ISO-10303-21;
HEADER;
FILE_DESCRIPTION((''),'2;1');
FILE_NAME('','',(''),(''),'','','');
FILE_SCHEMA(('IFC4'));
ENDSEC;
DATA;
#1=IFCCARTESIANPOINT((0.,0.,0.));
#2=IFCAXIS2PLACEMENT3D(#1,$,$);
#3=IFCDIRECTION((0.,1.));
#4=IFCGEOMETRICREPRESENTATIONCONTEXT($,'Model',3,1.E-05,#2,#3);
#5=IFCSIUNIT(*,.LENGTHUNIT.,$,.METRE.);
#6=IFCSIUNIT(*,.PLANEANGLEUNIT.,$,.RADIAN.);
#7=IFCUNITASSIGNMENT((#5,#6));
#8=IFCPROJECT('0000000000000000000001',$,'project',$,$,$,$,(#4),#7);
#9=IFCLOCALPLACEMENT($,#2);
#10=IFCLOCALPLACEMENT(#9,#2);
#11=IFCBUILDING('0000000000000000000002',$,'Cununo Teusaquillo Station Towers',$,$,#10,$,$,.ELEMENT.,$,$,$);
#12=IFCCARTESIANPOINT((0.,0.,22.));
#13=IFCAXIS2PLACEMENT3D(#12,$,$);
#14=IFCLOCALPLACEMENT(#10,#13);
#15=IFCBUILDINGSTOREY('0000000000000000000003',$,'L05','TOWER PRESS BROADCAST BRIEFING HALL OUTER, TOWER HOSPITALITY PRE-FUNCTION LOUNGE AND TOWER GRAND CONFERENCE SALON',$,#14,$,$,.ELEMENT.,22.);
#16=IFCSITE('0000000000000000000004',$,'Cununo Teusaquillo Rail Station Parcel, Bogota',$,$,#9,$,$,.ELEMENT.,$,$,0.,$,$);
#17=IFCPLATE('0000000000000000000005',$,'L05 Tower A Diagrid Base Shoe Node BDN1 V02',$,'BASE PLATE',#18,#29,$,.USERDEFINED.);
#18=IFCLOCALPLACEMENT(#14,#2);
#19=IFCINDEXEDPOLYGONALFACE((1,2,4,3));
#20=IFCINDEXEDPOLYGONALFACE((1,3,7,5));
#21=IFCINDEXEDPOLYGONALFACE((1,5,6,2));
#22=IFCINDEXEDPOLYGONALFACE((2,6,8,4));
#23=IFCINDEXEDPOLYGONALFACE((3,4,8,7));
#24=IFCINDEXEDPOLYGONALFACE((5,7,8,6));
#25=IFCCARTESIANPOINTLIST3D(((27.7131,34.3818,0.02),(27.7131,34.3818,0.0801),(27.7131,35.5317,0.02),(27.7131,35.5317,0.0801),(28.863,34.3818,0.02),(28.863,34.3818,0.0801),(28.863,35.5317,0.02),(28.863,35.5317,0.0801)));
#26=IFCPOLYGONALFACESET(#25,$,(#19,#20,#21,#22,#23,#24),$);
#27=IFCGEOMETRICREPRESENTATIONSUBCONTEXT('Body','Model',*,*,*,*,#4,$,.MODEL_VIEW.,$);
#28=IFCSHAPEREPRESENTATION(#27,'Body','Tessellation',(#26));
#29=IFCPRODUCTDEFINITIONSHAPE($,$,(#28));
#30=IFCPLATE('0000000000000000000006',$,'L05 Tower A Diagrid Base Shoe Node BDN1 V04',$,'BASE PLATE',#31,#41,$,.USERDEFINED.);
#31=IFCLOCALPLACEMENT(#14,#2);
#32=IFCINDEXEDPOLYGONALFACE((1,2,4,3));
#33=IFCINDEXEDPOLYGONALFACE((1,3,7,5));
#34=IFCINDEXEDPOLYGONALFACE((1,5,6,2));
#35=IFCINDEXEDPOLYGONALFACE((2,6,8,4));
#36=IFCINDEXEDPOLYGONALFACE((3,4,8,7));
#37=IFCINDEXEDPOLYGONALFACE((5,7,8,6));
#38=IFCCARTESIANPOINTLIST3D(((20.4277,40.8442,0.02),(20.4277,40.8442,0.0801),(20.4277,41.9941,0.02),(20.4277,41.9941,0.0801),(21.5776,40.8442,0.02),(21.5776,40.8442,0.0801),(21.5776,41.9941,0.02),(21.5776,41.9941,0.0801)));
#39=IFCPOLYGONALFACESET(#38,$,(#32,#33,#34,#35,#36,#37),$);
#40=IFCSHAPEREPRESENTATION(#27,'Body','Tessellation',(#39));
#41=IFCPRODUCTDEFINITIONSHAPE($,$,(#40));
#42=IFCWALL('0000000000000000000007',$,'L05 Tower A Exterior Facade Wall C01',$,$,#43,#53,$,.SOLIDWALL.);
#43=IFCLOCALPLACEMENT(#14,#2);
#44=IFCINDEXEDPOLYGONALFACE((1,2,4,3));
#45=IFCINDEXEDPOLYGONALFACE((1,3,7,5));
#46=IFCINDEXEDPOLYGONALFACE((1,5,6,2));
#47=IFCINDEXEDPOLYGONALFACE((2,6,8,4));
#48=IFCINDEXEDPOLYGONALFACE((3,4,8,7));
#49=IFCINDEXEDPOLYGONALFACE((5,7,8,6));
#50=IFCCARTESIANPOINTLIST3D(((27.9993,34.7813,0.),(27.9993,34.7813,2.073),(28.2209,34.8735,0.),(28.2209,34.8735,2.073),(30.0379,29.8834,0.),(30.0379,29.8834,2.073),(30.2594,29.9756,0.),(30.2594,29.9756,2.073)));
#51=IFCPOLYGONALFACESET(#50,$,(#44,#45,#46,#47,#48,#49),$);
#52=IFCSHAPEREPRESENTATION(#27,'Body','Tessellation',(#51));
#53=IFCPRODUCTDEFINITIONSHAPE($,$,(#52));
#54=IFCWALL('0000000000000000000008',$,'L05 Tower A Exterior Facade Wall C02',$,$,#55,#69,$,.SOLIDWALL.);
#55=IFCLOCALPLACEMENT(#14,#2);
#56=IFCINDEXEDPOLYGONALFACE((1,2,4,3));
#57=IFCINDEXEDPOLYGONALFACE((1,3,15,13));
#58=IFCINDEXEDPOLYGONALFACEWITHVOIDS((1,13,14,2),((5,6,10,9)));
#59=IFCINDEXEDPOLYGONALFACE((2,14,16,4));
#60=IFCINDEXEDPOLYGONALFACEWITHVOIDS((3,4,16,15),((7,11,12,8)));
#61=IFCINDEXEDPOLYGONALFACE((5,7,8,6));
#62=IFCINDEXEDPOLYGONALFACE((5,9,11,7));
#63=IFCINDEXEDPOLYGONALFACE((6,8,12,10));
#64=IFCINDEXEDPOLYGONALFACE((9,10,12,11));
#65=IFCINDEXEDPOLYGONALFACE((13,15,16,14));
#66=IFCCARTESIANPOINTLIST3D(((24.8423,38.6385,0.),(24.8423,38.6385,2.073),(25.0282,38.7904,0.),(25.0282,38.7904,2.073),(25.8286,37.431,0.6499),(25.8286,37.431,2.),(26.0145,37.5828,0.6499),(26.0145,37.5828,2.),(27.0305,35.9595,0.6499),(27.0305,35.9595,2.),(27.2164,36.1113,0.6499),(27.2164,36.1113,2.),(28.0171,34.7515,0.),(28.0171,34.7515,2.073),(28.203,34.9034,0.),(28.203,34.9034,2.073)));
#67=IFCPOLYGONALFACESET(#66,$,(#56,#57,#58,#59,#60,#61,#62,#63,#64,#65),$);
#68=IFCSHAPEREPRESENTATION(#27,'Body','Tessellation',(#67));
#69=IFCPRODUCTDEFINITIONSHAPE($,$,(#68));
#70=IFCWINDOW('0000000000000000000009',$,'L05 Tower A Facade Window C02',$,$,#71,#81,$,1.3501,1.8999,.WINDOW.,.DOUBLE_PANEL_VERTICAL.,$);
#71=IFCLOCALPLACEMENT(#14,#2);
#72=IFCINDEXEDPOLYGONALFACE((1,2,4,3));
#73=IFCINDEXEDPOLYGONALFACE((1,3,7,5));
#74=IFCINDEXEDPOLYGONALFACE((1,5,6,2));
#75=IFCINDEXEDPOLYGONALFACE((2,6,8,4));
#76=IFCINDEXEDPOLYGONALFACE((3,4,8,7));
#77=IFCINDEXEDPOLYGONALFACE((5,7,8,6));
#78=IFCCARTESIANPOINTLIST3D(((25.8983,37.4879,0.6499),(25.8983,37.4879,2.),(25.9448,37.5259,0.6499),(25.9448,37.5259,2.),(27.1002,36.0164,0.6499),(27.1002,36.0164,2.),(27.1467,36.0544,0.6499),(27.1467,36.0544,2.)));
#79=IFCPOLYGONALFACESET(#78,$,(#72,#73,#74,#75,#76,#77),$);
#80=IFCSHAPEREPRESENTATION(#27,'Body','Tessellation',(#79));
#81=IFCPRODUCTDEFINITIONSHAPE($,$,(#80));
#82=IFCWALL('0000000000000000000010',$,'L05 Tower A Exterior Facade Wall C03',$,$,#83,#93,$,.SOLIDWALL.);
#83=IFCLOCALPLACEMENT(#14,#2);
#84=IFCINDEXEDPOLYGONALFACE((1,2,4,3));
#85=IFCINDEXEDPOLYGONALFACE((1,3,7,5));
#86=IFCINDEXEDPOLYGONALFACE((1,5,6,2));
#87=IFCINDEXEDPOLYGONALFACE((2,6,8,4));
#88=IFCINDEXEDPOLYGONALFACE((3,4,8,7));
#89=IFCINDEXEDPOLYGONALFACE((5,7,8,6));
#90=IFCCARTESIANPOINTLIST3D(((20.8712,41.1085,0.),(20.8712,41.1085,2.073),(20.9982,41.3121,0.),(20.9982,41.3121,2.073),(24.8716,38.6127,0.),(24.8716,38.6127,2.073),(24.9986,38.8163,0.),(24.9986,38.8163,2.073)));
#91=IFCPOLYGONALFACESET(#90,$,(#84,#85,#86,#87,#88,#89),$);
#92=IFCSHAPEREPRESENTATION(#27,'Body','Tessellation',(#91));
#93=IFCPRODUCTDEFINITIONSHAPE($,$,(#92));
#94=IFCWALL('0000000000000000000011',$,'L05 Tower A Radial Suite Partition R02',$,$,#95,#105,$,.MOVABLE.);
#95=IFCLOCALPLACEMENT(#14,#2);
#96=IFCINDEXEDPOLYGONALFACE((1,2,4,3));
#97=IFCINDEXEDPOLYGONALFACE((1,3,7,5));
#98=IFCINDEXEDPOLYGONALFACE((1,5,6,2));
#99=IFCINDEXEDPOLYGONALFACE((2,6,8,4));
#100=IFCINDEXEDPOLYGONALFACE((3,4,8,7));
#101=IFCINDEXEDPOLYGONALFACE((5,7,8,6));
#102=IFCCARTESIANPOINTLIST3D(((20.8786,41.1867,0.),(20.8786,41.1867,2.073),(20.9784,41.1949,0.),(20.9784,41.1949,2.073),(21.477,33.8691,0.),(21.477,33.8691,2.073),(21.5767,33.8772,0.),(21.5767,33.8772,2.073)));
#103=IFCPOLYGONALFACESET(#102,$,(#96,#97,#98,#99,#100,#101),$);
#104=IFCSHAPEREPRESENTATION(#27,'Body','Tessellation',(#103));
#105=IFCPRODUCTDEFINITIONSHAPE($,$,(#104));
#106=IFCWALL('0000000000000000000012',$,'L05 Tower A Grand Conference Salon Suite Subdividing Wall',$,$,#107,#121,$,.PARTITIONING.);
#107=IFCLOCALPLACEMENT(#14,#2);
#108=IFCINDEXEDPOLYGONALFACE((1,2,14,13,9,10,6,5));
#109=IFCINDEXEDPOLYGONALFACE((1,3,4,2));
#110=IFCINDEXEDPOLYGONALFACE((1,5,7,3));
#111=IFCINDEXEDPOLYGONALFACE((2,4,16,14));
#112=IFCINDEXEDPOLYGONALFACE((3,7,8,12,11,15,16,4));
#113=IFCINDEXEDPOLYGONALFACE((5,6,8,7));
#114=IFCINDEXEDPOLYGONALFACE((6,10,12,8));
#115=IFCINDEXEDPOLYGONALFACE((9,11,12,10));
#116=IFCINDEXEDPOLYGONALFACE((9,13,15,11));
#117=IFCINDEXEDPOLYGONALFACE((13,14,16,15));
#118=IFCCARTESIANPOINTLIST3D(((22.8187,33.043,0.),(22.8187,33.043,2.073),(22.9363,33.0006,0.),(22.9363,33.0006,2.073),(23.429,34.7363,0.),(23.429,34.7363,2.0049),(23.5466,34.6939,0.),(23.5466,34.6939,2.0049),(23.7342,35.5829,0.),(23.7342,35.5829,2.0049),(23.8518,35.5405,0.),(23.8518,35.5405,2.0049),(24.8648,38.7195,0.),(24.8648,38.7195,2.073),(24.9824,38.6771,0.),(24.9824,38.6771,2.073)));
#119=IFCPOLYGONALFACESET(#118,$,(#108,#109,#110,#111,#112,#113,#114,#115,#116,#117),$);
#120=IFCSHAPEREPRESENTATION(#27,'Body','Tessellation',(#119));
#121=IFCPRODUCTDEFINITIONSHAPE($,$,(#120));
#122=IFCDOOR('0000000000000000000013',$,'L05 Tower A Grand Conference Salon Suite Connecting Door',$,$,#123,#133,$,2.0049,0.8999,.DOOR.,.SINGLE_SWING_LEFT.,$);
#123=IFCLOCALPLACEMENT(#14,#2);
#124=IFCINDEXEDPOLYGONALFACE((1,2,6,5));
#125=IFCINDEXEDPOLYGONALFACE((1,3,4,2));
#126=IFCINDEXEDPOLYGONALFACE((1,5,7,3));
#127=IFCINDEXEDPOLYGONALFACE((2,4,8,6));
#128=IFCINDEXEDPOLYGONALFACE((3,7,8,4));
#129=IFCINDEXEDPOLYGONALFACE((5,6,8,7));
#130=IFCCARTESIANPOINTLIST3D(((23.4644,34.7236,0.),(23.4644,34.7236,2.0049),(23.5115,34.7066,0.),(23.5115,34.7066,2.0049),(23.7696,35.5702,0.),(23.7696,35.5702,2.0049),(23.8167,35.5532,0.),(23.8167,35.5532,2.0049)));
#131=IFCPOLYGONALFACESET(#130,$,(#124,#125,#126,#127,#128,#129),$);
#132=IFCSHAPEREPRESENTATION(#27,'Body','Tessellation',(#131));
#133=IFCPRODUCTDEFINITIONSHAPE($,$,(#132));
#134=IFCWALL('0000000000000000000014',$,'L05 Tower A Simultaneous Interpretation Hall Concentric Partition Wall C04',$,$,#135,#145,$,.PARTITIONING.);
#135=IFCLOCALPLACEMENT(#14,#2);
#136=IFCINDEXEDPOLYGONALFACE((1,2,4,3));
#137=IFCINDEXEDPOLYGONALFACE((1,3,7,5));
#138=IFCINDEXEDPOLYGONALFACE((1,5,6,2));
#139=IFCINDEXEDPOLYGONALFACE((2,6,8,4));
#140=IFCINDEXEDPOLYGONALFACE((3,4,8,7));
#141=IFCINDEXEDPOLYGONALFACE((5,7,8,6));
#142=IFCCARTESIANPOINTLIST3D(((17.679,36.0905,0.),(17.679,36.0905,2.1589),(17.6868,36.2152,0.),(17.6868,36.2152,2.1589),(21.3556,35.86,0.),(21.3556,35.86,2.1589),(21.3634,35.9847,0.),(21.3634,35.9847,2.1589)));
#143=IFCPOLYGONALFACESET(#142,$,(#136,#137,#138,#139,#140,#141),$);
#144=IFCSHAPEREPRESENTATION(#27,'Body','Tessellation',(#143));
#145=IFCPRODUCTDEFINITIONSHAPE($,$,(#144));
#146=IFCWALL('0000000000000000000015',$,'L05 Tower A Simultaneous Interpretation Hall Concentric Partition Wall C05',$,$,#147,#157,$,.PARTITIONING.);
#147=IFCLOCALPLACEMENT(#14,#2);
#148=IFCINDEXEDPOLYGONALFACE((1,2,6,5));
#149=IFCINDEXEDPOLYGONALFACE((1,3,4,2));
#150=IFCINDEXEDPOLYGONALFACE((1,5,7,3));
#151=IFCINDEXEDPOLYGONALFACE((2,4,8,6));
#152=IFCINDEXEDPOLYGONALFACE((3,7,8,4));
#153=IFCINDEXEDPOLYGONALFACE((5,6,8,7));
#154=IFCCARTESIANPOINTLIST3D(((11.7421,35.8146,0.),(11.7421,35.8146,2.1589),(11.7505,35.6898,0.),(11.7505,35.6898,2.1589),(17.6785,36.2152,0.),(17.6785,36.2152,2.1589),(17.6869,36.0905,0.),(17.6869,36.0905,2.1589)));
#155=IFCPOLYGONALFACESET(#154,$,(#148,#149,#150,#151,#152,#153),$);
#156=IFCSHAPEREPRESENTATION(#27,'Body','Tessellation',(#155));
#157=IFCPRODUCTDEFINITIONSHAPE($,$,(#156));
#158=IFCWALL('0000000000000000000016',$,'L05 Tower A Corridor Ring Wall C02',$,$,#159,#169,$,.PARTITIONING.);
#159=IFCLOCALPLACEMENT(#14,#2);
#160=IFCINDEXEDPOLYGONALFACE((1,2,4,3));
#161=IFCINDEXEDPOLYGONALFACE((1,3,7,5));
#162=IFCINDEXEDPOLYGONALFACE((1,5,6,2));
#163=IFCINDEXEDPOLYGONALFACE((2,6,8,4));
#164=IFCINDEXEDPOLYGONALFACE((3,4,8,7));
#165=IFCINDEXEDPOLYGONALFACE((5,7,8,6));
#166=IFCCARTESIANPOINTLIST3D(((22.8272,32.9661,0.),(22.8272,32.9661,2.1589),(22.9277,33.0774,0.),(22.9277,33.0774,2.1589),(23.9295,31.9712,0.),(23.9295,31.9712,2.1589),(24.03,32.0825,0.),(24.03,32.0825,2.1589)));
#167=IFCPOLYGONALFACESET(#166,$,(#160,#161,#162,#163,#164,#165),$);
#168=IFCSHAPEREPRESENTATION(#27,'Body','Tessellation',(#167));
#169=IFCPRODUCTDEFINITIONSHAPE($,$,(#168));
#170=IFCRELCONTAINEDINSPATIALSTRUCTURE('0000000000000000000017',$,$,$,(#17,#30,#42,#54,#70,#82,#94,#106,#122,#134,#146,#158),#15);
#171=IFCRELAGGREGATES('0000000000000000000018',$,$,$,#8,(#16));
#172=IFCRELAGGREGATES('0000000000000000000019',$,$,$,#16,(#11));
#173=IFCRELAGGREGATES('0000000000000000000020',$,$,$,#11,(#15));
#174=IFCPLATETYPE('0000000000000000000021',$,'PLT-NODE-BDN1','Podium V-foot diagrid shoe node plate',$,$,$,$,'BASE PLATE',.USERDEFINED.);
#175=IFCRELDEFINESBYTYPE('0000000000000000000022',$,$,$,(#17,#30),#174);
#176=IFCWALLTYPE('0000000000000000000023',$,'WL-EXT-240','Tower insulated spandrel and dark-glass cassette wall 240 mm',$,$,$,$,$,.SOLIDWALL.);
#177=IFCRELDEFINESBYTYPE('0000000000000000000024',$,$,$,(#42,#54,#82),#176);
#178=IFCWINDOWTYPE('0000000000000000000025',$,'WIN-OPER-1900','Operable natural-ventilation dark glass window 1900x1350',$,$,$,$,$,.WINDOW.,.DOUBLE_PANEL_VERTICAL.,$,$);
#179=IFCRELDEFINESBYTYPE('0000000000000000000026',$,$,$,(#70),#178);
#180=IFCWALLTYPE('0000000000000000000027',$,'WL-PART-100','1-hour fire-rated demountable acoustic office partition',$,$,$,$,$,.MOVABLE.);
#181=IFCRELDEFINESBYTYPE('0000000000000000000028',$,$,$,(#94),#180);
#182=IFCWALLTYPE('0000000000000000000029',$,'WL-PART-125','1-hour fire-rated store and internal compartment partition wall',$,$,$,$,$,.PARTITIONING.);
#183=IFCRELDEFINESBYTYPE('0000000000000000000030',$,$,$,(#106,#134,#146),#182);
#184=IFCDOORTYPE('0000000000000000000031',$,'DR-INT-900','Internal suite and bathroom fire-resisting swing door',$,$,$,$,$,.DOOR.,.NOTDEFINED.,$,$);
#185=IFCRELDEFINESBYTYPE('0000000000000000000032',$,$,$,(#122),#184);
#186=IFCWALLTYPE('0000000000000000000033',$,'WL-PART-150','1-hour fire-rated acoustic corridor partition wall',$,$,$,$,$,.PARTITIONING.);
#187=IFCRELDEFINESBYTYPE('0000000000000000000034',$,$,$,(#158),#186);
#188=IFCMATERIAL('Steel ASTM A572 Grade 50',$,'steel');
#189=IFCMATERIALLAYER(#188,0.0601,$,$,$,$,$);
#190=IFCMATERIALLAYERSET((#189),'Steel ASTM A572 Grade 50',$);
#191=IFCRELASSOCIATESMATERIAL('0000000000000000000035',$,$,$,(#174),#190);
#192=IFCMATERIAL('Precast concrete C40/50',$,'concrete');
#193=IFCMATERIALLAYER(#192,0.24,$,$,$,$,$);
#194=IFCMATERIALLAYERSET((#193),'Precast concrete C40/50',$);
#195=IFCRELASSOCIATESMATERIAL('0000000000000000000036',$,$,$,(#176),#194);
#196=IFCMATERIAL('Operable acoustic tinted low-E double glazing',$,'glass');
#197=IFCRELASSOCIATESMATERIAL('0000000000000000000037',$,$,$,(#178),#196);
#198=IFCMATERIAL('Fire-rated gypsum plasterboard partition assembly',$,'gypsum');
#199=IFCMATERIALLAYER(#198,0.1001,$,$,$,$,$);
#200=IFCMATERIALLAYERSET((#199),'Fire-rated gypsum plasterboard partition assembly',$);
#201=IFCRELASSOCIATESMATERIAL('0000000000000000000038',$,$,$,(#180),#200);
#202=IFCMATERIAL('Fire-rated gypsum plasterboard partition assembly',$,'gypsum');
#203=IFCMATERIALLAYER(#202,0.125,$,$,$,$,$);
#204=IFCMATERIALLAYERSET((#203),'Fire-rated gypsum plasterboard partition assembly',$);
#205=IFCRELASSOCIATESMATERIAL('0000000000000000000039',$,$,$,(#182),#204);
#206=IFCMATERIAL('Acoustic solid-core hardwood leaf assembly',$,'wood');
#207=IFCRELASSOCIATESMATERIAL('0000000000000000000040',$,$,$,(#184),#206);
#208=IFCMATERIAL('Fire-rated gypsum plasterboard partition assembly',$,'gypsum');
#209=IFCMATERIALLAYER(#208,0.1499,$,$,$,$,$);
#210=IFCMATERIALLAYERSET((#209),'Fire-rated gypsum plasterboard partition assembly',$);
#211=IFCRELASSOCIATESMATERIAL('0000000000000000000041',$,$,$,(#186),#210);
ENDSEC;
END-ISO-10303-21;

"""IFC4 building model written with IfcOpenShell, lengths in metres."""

from ifc_helpers import new_model, si_unit, direction, frame, frame_2d, origin, origin_2d, place, context, subcontext, project, spatial, rectangle, extrude, source, transform, mapped, material, layer, layer_set, type_object, element, fill, save


model = new_model("IFC4")

# Units and contexts
model_context = context("Model", 3, precision=1e-05, world=origin(), true_north=direction((0.0, 1.0)))
body_context = subcontext(model_context, "Body", "Model", "MODEL_VIEW")
ifc_project = project(units=[si_unit("LENGTHUNIT", "METRE"), si_unit("PLANEANGLEUNIT", "RADIAN")], contexts=[model_context])

# Site, building, storey
site_placement = place(None, origin())
site = spatial("IfcSite", under=ifc_project, at=site_placement, Name="Cununo Teusaquillo Rail Station Parcel, Bogota", CompositionType="ELEMENT", RefElevation=0.0)
building_placement = place(site_placement, origin())
building = spatial("IfcBuilding", under=site, at=building_placement, Name="Cununo Teusaquillo Station Towers", CompositionType="ELEMENT")
storey_placement = place(building_placement, frame((0.0, 0.0, 22.0)))
storey = spatial("IfcBuildingStorey", under=building, at=storey_placement, Name="L05", Description="TOWER PRESS BROADCAST BRIEFING HALL OUTER, TOWER HOSPITALITY PRE-FUNCTION LOUNGE AND TOWER GRAND CONFERENCE SALON", CompositionType="ELEMENT", Elevation=22.0)

# Plates
ifc_material_1 = material(Name="Steel ASTM A572 Grade 50", Category="steel")
ifc_layer_1 = layer(ifc_material_1, 0.0601)
ifc_layer_set_1 = layer_set([ifc_layer_1], Name="Steel ASTM A572 Grade 50")
plate_type = type_object("IfcPlateType", Name="PLT-NODE-BDN1", Description="Podium V-foot diagrid shoe node plate", ElementType="BASE PLATE", PredefinedType="USERDEFINED", material=ifc_layer_set_1)
shared_shape_1 = source(origin(), body_context, "Body", "SweptSolid", [
    extrude(rectangle(XDim=1.1499, YDim=1.1499, at=origin_2d()), origin(), (0.0, 0.0, 1.0), 0.0601),
])
for number, where, z_axis, x_axis, name in (
    (1, (28.2881, 34.9568, 0.02), (0.0, 0.0, 1.0), (1.0, 0.0, 0.0), "L05 Tower A Diagrid Base Shoe Node BDN1 V02"),
    (2, (21.0027, 41.4192, 0.02), (0.0, 0.0, 1.0), (1.0, 0.0, 0.0), "L05 Tower A Diagrid Base Shoe Node BDN1 V04"),
):
    element("IfcPlate", number, at=place(storey_placement, frame(where, z_axis=z_axis, x_axis=x_axis)), inside=storey, type_object=plate_type, Name=name, ObjectType="BASE PLATE", PredefinedType="USERDEFINED", context=body_context, shape_type="MappedRepresentation", body=[
        mapped(shared_shape_1, transform((0.0, 0.0, 0.0), x_axis=(1.0, 0.0, 0.0), y_axis=(0.0, 1.0, 0.0), z_axis=(0.0, 0.0, 1.0), scale=1.0)),
    ])

# Wall
ifc_material_2 = material(Name="Precast concrete C40/50", Category="concrete")
ifc_layer_2 = layer(ifc_material_2, 0.24)
ifc_layer_set_2 = layer_set([ifc_layer_2], Name="Precast concrete C40/50")
wall_type_1 = type_object("IfcWallType", Name="WL-EXT-240", Description="Tower insulated spandrel and dark-glass cassette wall 240 mm", PredefinedType="SOLIDWALL", material=ifc_layer_set_2)
wall_1_placement = place(storey_placement, frame((28.1101, 34.8274, 0.0), z_axis=(0.0, 0.0, 1.0), x_axis=(0.384256, -0.923227, 0.0)))
element("IfcWall", 3, at=wall_1_placement, inside=storey, type_object=wall_type_1, Name="L05 Tower A Exterior Facade Wall C01", PredefinedType="SOLIDWALL", context=body_context, shape_type="SweptSolid", body=[
    extrude(rectangle(XDim=5.3052, YDim=0.24, at=frame_2d((2.6526, 0.0))), origin(), (0.0, 0.0, 1.0), 2.073),
])

# Wall, opening, window
wall_2_placement = place(storey_placement, frame((24.9353, 38.7144, 0.0), z_axis=(0.0, 0.0, 1.0), x_axis=(0.632589, -0.774488, 0.0)))
wall_2 = element("IfcWall", 4, at=wall_2_placement, inside=storey, type_object=wall_type_1, Name="L05 Tower A Exterior Facade Wall C02", PredefinedType="SOLIDWALL", context=body_context, shape_type="SweptSolid", body=[
    extrude(rectangle(XDim=5.0188, YDim=0.24, at=frame_2d((2.5093, 0.0))), origin(), (0.0, 0.0, 1.0), 2.073),
])
shared_shape_2 = source(origin(), body_context, "Body", "SweptSolid", [
    extrude(rectangle(XDim=1.8999, YDim=1.3501, at=frame_2d((0.95, 0.675))), frame((0.0, 0.1299, 0.0), z_axis=(0.0, -1.0, 0.0), x_axis=(1.0, 0.0, 0.0)), (0.0, 0.0, 1.0), 0.26),
])
opening_1_placement = place(wall_2_placement, frame((1.5591, 0.0, 0.6499)))
opening_1 = element("IfcOpeningElement", 5, at=opening_1_placement, cuts=wall_2, PredefinedType="OPENING", context=body_context, shape_type="MappedRepresentation", body=[
    mapped(shared_shape_2, transform((0.0, 0.0, 0.0), x_axis=(1.0, 0.0, 0.0), y_axis=(0.0, 1.0, 0.0), z_axis=(0.0, 0.0, 1.0), scale=1.0)),
])
ifc_material_3 = material(Name="Operable acoustic tinted low-E double glazing", Category="glass")
window_type = type_object("IfcWindowType", Name="WIN-OPER-1900", Description="Operable natural-ventilation dark glass window 1900x1350", PartitioningType="DOUBLE_PANEL_VERTICAL", PredefinedType="WINDOW", material=ifc_material_3)
shared_shape_3 = source(origin(), body_context, "Body", "SweptSolid", [
    extrude(rectangle(XDim=1.8999, YDim=1.3501, at=frame_2d((0.95, 0.675))), frame((0.0, 0.03, 0.0), z_axis=(0.0, -1.0, 0.0), x_axis=(1.0, 0.0, 0.0)), (0.0, 0.0, 1.0), 0.0601),
])
window_placement = place(opening_1_placement, origin())
window = element("IfcWindow", 6, at=window_placement, inside=storey, type_object=window_type, Name="L05 Tower A Facade Window C02", OverallHeight=1.3501, OverallWidth=1.8999, PartitioningType="DOUBLE_PANEL_VERTICAL", PredefinedType="WINDOW", context=body_context, shape_type="MappedRepresentation", body=[
    mapped(shared_shape_3, transform((0.0, 0.0, 0.0), x_axis=(1.0, 0.0, 0.0), y_axis=(0.0, 1.0, 0.0), z_axis=(0.0, 0.0, 1.0), scale=1.0)),
])
fill(opening_1, window)

# Walls
wall_3_placement = place(storey_placement, frame((20.9348, 41.2102, 0.0), z_axis=(0.0, 0.0, 1.0), x_axis=(0.848423, -0.529319, 0.0)))
element("IfcWall", 7, at=wall_3_placement, inside=storey, type_object=wall_type_1, Name="L05 Tower A Exterior Facade Wall C03", PredefinedType="SOLIDWALL", context=body_context, shape_type="SweptSolid", body=[
    extrude(rectangle(XDim=4.7151, YDim=0.24, at=frame_2d((2.3574, 0.0))), origin(), (0.0, 0.0, 1.0), 2.073),
])
ifc_material_4 = material(Name="Fire-rated gypsum plasterboard partition assembly", Category="gypsum")
ifc_layer_3 = layer(ifc_material_4, 0.1001)
ifc_layer_set_3 = layer_set([ifc_layer_3], Name="Fire-rated gypsum plasterboard partition assembly")
wall_type_2 = type_object("IfcWallType", Name="WL-PART-100", Description="1-hour fire-rated demountable acoustic office partition", PredefinedType="MOVABLE", material=ifc_layer_set_3)
wall_4_placement = place(storey_placement, frame((21.5269, 33.8733, 0.0), z_axis=(0.0, 0.0, 1.0), x_axis=(-0.081502, 0.996673, 0.0)))
element("IfcWall", 8, at=wall_4_placement, inside=storey, type_object=wall_type_2, Name="L05 Tower A Radial Suite Partition R02", PredefinedType="MOVABLE", context=body_context, shape_type="SweptSolid", body=[
    extrude(rectangle(XDim=7.342, YDim=0.1001, at=frame_2d((3.6709, 0.0))), origin(), (0.0, 0.0, 1.0), 2.073),
])

# Wall, opening, door
ifc_material_5 = material(Name="Fire-rated gypsum plasterboard partition assembly", Category="gypsum")
ifc_layer_4 = layer(ifc_material_5, 0.125)
ifc_layer_set_4 = layer_set([ifc_layer_4], Name="Fire-rated gypsum plasterboard partition assembly")
wall_type_3 = type_object("IfcWallType", Name="WL-PART-125", Description="1-hour fire-rated store and internal compartment partition wall", PredefinedType="PARTITIONING", material=ifc_layer_set_4)
wall_5_placement = place(storey_placement, frame((22.8774, 33.0217, 0.0), z_axis=(0.0, 0.0, 1.0), x_axis=(0.339101, 0.94075, 0.0)))
wall_5 = element("IfcWall", 9, at=wall_5_placement, inside=storey, type_object=wall_type_3, Name="L05 Tower A Grand Conference Salon Suite Subdividing Wall", PredefinedType="PARTITIONING", context=body_context, shape_type="SweptSolid", body=[
    extrude(rectangle(XDim=6.0339, YDim=0.125, at=frame_2d((3.0171, 0.0))), origin(), (0.0, 0.0, 1.0), 2.073),
])
shared_shape_4 = source(origin(), body_context, "Body", "SweptSolid", [
    extrude(rectangle(XDim=0.8999, YDim=2.0049, at=frame_2d((0.45, 1.0024))), frame((0.0, 0.0725, 0.0), z_axis=(0.0, -1.0, 0.0), x_axis=(1.0, 0.0, 0.0)), (0.0, 0.0, 1.0), 0.145),
])
opening_2_placement = place(wall_5_placement, frame((1.8, 0.0, 0.0)))
opening_2 = element("IfcOpeningElement", 10, at=opening_2_placement, cuts=wall_5, PredefinedType="OPENING", context=body_context, shape_type="MappedRepresentation", body=[
    mapped(shared_shape_4, transform((0.0, 0.0, 0.0), x_axis=(1.0, 0.0, 0.0), y_axis=(0.0, 1.0, 0.0), z_axis=(0.0, 0.0, 1.0), scale=1.0)),
])
ifc_material_6 = material(Name="Acoustic solid-core hardwood leaf assembly", Category="wood")
door_type = type_object("IfcDoorType", Name="DR-INT-900", Description="Internal suite and bathroom fire-resisting swing door", OperationType="NOTDEFINED", PredefinedType="DOOR", material=ifc_material_6)
shared_shape_5 = source(origin(), body_context, "Body", "SweptSolid", [
    extrude(rectangle(XDim=0.8999, YDim=2.0049, at=frame_2d((0.45, 1.0024))), frame((0.0, 0.0249, 0.0), z_axis=(0.0, -1.0, 0.0), x_axis=(1.0, 0.0, 0.0)), (0.0, 0.0, 1.0), 0.05),
])
door_placement = place(opening_2_placement, origin())
door = element("IfcDoor", 11, at=door_placement, inside=storey, type_object=door_type, Name="L05 Tower A Grand Conference Salon Suite Connecting Door", OperationType="SINGLE_SWING_LEFT", OverallHeight=2.0049, OverallWidth=0.8999, PredefinedType="DOOR", context=body_context, shape_type="MappedRepresentation", body=[
    mapped(shared_shape_5, transform((0.0, 0.0, 0.0), x_axis=(1.0, 0.0, 0.0), y_axis=(0.0, 1.0, 0.0), z_axis=(0.0, 0.0, 1.0), scale=1.0)),
])
fill(opening_2, door)

# Walls
wall_6_placement = place(storey_placement, frame((21.3594, 35.9224, 0.0), z_axis=(0.0, 0.0, 1.0), x_axis=(-0.998041, 0.062564, 0.0)))
element("IfcWall", 12, at=wall_6_placement, inside=storey, type_object=wall_type_3, Name="L05 Tower A Simultaneous Interpretation Hall Concentric Partition Wall C04", PredefinedType="PARTITIONING", context=body_context, shape_type="SweptSolid", body=[
    extrude(rectangle(XDim=3.6838, YDim=0.125, at=frame_2d((1.8418, 0.0))), origin(), (0.0, 0.0, 1.0), 2.1589),
])
wall_7_placement = place(storey_placement, frame((17.6829, 36.1528, 0.0), z_axis=(0.0, 0.0, 1.0), x_axis=(-0.997731, -0.067333, 0.0)))
element("IfcWall", 13, at=wall_7_placement, inside=storey, type_object=wall_type_3, Name="L05 Tower A Simultaneous Interpretation Hall Concentric Partition Wall C05", PredefinedType="PARTITIONING", context=body_context, shape_type="SweptSolid", body=[
    extrude(rectangle(XDim=5.95, YDim=0.125, at=frame_2d((2.9751, 0.0))), origin(), (0.0, 0.0, 1.0), 2.1589),
])
ifc_material_7 = material(Name="Fire-rated gypsum plasterboard partition assembly", Category="gypsum")
ifc_layer_5 = layer(ifc_material_7, 0.1499)
ifc_layer_set_5 = layer_set([ifc_layer_5], Name="Fire-rated gypsum plasterboard partition assembly")
wall_type_4 = type_object("IfcWallType", Name="WL-PART-150", Description="1-hour fire-rated acoustic corridor partition wall", PredefinedType="PARTITIONING", material=ifc_layer_set_5)
wall_8_placement = place(storey_placement, frame((23.9797, 32.0269, 0.0), z_axis=(0.0, 0.0, 1.0), x_axis=(-0.742353, 0.670009, 0.0)))
element("IfcWall", 14, at=wall_8_placement, inside=storey, type_object=wall_type_4, Name="L05 Tower A Corridor Ring Wall C02", PredefinedType="PARTITIONING", context=body_context, shape_type="SweptSolid", body=[
    extrude(rectangle(XDim=1.4849, YDim=0.1499, at=frame_2d((0.7424, 0.0))), origin(), (0.0, 0.0, 1.0), 2.1589),
])

save(model, "model.ifc")
